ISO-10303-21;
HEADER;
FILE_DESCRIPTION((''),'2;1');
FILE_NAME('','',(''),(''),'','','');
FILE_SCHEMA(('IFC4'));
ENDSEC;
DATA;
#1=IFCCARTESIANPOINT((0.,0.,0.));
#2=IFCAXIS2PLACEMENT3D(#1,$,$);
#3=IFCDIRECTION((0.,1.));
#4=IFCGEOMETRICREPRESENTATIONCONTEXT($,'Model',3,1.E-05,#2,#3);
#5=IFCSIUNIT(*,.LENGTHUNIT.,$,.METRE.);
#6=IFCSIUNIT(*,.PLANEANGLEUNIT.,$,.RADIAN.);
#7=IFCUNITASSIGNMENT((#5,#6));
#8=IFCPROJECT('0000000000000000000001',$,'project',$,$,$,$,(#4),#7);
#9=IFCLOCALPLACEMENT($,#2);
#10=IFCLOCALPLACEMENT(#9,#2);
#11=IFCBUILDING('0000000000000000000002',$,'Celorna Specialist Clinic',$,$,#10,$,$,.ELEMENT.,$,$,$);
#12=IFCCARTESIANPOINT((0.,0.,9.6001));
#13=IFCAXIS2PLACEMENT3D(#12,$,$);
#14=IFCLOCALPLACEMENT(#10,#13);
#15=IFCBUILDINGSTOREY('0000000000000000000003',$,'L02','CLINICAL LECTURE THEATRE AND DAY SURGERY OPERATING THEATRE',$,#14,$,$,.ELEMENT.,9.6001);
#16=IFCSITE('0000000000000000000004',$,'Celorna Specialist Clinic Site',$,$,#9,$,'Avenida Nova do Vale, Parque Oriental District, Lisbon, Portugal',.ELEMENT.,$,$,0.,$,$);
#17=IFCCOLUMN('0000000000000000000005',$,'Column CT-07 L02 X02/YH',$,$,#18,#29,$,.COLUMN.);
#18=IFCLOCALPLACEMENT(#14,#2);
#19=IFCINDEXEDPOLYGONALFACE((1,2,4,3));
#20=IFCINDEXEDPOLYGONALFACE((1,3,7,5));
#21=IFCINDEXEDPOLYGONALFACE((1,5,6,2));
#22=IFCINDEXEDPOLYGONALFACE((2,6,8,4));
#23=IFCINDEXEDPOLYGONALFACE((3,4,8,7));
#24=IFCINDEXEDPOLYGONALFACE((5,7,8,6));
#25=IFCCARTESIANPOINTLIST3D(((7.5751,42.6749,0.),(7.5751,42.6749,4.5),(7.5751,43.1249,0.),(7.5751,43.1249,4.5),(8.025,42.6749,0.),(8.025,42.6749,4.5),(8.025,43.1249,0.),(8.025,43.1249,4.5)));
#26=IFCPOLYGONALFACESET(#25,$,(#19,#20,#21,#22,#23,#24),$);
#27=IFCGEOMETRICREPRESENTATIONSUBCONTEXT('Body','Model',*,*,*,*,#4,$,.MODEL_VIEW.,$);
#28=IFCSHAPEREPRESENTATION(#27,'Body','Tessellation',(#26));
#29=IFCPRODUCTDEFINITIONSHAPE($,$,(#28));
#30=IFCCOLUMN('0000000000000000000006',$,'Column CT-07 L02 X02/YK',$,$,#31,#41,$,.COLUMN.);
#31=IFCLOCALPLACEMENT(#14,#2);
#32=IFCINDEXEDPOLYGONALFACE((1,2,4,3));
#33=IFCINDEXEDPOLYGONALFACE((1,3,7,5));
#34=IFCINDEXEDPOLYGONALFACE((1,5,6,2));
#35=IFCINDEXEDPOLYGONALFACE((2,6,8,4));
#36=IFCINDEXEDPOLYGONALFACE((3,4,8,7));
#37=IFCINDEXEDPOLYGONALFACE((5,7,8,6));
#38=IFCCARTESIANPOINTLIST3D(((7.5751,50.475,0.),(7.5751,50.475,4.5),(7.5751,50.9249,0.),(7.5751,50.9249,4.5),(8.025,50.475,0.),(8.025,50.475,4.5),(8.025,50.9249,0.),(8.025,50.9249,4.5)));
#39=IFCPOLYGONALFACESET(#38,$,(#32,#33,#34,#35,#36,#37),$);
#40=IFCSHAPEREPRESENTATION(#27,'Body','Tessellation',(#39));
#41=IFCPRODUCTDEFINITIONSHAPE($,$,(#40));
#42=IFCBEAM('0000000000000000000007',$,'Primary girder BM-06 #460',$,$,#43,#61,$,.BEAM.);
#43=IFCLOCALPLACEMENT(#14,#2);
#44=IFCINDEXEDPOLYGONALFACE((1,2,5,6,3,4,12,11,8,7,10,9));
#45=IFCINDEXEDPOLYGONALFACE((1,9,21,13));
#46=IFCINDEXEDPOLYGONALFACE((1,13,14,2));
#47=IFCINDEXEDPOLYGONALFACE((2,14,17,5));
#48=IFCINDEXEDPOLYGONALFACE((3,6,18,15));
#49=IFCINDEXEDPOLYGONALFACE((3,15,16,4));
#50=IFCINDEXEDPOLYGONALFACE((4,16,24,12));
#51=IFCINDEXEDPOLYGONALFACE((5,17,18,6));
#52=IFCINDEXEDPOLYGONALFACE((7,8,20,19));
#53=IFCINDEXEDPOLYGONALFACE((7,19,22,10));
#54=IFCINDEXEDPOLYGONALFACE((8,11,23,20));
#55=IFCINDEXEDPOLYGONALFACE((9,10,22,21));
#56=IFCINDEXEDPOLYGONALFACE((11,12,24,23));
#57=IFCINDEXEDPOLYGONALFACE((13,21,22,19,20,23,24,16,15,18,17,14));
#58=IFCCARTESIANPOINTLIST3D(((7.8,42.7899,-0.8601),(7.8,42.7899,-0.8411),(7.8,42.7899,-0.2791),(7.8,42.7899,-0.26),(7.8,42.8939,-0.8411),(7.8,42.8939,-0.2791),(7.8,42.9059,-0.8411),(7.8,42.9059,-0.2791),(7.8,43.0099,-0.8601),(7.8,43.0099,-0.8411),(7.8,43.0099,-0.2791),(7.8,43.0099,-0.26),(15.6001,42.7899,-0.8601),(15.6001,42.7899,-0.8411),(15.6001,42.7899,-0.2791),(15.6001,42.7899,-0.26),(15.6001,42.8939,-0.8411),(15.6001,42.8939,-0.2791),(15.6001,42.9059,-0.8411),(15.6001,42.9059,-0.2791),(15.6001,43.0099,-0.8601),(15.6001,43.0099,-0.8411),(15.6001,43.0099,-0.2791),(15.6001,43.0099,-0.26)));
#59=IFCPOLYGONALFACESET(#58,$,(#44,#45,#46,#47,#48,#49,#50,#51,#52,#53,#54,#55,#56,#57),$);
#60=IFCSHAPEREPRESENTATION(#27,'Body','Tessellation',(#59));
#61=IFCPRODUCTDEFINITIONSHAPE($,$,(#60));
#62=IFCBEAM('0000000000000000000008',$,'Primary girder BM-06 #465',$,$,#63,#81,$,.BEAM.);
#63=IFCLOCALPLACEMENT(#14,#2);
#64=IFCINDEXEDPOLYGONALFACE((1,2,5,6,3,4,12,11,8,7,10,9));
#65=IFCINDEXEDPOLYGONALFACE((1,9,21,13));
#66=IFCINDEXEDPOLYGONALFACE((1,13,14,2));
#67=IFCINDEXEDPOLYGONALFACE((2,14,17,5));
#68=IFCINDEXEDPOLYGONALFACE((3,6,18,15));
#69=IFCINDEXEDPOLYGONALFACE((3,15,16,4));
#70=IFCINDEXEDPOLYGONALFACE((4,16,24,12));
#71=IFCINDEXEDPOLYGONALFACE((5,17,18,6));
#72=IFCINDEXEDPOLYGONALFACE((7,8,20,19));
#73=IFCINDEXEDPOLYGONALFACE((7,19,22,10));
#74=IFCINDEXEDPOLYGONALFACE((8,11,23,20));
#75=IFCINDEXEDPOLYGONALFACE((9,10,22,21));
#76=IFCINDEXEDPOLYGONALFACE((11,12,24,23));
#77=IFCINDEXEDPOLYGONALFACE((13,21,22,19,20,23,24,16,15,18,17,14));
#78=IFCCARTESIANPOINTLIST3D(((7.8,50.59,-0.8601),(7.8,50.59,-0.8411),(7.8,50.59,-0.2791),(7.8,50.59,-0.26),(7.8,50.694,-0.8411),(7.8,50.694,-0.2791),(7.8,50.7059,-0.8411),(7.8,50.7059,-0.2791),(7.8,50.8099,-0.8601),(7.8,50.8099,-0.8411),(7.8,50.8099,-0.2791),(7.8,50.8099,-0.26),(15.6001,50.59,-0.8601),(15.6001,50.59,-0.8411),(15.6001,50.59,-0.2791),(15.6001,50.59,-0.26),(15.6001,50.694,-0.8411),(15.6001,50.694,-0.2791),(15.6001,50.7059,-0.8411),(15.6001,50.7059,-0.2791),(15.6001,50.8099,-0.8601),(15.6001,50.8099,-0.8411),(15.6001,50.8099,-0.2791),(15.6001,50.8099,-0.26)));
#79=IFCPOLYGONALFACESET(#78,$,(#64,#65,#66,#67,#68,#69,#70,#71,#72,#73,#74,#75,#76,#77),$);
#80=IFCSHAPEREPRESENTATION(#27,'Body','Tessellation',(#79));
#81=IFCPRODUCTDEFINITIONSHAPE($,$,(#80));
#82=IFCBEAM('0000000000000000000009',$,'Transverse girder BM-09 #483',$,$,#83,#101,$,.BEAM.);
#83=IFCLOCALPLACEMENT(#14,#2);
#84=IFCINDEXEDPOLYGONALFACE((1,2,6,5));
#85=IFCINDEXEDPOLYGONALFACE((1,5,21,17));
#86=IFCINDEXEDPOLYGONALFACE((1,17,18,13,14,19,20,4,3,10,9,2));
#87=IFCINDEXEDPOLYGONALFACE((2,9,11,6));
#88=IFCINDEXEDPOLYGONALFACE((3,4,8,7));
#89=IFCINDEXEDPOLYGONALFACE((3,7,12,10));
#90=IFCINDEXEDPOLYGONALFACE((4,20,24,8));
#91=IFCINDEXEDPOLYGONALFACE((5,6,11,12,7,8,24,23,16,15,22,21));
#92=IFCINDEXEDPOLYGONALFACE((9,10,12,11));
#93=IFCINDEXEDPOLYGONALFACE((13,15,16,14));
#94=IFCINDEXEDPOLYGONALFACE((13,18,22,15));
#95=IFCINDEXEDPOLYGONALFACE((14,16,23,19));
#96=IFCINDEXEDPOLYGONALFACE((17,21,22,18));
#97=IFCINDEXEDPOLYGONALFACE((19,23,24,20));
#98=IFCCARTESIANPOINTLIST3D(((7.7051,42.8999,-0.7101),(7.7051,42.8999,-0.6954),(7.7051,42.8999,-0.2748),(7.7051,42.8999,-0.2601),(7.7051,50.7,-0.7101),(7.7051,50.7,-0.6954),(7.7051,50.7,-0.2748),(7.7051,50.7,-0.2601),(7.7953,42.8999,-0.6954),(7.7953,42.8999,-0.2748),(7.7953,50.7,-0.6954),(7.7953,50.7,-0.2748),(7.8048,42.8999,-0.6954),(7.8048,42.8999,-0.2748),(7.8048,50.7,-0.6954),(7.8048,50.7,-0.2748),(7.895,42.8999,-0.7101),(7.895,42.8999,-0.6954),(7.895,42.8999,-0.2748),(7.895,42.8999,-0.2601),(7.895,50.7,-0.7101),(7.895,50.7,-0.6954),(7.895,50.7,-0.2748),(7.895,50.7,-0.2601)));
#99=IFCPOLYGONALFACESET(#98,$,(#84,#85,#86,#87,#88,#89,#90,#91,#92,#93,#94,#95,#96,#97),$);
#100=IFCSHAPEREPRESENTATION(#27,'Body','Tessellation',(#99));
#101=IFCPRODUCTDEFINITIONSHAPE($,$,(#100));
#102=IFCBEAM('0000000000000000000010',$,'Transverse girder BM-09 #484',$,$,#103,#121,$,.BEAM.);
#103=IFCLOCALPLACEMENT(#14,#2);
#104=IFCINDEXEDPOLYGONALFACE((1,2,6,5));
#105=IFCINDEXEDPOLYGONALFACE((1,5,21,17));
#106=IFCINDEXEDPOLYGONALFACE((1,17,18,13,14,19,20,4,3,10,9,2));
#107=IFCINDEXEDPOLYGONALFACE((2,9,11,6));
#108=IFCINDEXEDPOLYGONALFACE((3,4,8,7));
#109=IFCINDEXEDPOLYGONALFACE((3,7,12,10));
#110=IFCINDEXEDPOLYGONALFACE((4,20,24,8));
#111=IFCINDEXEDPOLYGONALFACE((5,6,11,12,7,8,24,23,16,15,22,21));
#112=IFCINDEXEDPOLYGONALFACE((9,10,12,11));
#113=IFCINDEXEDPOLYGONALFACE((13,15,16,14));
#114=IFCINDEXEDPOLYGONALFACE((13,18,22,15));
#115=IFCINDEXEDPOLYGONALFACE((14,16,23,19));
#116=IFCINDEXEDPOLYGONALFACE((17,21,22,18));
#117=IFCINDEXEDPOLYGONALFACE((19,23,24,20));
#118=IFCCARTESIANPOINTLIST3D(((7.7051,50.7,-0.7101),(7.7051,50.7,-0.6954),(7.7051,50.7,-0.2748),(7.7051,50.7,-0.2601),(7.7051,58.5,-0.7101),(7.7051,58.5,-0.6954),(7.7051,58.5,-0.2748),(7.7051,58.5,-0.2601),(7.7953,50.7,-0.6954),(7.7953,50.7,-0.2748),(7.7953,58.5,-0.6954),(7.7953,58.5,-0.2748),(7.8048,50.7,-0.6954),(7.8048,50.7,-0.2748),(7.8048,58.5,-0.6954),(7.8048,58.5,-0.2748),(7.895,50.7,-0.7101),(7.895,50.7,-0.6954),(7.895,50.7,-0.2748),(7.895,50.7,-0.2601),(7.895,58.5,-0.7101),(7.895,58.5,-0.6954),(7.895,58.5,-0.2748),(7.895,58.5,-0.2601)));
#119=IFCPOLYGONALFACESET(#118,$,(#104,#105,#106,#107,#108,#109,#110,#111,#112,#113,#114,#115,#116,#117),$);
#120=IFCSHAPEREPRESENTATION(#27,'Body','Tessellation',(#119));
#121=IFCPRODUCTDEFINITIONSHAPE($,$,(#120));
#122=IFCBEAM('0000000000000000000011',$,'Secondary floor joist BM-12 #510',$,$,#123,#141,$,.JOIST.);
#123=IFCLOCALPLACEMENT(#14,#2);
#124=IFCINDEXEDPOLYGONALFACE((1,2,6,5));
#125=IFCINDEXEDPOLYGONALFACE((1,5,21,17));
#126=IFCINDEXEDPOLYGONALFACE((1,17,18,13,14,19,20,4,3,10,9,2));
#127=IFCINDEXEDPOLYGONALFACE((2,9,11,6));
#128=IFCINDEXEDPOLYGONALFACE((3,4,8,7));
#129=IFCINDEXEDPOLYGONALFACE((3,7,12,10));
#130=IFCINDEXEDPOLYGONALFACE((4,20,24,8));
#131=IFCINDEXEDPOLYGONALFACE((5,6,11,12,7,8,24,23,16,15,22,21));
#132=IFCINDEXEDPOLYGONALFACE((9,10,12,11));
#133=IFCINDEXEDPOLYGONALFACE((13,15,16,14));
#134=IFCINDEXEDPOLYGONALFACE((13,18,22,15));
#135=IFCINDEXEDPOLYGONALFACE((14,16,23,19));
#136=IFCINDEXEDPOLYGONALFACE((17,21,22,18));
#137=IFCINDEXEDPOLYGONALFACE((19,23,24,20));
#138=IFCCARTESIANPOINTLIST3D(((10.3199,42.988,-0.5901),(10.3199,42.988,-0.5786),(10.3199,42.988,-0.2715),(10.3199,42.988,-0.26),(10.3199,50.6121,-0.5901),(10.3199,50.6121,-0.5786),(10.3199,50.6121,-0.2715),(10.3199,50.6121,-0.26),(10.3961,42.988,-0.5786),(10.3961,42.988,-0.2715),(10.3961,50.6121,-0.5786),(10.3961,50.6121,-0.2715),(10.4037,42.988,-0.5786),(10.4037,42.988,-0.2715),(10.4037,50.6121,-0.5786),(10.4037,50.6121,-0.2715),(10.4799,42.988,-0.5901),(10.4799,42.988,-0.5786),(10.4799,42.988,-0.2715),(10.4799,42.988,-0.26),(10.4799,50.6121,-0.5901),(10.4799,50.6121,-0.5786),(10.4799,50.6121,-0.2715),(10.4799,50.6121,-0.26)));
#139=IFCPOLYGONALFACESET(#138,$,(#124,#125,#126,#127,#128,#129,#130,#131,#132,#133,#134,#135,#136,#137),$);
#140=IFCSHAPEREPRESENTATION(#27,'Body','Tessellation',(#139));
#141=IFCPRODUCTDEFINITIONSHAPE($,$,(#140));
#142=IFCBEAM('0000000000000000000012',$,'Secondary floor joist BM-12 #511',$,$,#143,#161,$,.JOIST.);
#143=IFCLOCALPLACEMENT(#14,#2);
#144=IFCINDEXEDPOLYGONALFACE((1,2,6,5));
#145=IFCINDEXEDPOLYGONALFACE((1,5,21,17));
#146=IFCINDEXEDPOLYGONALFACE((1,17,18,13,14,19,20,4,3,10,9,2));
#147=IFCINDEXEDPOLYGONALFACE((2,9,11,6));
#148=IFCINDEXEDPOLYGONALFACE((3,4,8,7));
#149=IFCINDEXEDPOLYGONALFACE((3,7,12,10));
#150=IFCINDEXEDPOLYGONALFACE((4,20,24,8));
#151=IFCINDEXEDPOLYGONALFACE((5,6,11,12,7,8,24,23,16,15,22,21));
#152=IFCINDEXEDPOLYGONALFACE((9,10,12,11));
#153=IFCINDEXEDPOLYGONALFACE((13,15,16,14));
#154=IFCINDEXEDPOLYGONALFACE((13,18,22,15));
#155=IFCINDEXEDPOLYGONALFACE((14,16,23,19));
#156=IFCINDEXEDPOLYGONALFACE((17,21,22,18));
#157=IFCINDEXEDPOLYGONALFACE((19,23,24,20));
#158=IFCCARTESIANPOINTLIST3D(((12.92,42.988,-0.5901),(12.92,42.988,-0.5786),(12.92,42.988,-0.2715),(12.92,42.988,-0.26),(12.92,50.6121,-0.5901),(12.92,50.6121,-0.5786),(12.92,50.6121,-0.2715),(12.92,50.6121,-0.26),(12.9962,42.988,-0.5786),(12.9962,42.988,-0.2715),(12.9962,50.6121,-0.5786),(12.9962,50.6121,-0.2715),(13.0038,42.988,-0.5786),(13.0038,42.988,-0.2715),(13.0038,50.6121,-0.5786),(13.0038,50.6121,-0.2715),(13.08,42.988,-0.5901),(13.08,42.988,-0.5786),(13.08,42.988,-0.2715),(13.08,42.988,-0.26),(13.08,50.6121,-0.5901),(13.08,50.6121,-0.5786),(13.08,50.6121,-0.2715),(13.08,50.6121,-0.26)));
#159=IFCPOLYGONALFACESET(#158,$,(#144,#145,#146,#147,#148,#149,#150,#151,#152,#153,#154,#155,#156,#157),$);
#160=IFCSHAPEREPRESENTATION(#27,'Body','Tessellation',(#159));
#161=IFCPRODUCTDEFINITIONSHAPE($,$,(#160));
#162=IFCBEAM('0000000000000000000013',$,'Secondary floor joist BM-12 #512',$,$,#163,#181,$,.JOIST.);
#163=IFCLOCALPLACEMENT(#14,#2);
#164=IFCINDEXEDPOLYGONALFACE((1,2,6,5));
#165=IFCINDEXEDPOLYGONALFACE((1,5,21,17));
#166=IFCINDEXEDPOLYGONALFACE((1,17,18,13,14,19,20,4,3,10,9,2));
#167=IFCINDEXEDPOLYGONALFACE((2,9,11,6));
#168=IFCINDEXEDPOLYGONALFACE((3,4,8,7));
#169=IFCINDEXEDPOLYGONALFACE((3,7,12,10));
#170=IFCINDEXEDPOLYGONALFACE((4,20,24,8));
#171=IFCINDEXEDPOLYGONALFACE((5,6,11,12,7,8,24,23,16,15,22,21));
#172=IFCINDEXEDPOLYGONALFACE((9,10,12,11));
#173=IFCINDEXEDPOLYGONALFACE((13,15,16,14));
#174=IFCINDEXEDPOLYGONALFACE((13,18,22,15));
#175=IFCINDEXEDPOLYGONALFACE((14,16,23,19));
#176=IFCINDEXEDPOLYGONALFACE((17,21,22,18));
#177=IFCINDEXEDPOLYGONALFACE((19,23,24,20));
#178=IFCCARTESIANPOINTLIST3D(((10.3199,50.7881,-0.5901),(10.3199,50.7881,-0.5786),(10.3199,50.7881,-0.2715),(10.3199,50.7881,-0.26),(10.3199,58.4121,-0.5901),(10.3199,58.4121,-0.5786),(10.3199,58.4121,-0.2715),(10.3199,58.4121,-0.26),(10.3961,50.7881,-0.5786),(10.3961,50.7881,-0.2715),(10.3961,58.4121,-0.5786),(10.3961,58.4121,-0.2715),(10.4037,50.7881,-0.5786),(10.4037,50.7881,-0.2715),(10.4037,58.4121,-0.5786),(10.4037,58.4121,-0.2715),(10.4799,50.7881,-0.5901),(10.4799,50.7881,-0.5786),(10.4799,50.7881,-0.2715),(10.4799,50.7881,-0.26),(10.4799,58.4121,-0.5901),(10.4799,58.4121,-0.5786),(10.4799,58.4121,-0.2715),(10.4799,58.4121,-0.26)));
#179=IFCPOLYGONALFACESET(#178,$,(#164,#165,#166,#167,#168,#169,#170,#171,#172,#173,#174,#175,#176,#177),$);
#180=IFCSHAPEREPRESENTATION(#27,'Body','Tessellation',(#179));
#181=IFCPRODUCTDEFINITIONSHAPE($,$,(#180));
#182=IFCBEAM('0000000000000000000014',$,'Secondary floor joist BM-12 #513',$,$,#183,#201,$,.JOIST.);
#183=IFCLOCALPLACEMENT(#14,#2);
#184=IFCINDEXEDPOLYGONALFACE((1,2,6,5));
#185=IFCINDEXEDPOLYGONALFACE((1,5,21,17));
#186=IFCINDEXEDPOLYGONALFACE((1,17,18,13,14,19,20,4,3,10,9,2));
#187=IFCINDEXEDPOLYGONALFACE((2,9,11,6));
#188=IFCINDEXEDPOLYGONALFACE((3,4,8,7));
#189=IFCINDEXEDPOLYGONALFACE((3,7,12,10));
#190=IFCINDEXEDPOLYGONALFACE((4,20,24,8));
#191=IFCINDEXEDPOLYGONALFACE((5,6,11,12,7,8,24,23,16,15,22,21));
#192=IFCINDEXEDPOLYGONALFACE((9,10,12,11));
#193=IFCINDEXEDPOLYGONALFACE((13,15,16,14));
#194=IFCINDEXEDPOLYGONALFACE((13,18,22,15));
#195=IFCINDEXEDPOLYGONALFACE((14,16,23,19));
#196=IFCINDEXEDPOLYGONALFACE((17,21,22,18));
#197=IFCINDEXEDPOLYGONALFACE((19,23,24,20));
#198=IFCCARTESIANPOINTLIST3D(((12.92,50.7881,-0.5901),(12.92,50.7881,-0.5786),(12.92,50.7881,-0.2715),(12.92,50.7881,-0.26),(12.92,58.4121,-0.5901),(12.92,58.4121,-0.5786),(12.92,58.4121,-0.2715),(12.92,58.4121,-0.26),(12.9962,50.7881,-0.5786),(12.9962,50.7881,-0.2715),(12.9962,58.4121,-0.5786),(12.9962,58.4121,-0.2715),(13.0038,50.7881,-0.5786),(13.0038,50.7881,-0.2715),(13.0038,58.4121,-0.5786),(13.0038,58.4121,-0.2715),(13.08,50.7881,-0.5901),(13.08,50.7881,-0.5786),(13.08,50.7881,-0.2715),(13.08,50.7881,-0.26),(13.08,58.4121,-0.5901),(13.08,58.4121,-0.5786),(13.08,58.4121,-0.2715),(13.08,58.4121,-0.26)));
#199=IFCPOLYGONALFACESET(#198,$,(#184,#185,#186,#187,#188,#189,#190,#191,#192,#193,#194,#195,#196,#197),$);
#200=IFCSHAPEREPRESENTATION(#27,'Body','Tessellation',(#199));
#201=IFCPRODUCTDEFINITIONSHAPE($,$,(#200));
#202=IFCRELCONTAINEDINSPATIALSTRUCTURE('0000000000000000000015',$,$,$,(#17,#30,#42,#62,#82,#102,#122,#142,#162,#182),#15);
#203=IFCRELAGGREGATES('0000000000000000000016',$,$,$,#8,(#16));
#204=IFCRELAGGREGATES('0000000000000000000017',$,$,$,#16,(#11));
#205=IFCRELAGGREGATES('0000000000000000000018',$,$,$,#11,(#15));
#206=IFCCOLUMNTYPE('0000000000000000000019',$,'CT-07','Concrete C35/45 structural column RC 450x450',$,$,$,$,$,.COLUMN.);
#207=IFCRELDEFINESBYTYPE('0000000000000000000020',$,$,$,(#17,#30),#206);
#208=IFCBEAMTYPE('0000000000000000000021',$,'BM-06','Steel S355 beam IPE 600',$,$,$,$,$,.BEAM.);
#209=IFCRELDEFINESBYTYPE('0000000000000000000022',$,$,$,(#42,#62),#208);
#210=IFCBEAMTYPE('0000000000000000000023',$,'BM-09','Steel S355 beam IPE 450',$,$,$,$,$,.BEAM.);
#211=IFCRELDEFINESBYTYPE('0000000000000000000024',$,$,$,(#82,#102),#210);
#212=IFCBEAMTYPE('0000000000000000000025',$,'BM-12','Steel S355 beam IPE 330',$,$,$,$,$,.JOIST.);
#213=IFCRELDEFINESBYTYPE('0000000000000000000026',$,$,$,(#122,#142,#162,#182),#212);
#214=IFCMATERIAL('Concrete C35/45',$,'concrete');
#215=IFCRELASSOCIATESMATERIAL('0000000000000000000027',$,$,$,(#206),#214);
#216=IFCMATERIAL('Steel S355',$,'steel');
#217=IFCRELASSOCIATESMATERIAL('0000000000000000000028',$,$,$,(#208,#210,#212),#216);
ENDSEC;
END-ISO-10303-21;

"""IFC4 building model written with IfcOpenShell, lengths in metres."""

from ifc_helpers import new_model, si_unit, direction, frame, origin, origin_2d, place, context, subcontext, project, spatial, rectangle, i_section, extrude, material, material_profile, profile_set, type_object, element, save


model = new_model("IFC4")

# Units and contexts
model_context = context("Model", 3, precision=1e-05, world=origin(), true_north=direction((0.0, 1.0)))
body_context = subcontext(model_context, "Body", "Model", "MODEL_VIEW")
ifc_project = project(units=[si_unit("LENGTHUNIT", "METRE"), si_unit("PLANEANGLEUNIT", "RADIAN")], contexts=[model_context])

# Site, building, storey
site_placement = place(None, origin())
site = spatial("IfcSite", under=ifc_project, at=site_placement, Name="Celorna Specialist Clinic Site", LongName="Avenida Nova do Vale, Parque Oriental District, Lisbon, Portugal", CompositionType="ELEMENT", RefElevation=0.0)
building_placement = place(site_placement, origin())
building = spatial("IfcBuilding", under=site, at=building_placement, Name="Celorna Specialist Clinic", CompositionType="ELEMENT")
storey_placement = place(building_placement, frame((0.0, 0.0, 9.6001)))
storey = spatial("IfcBuildingStorey", under=building, at=storey_placement, Name="L02", Description="CLINICAL LECTURE THEATRE AND DAY SURGERY OPERATING THEATRE", CompositionType="ELEMENT", Elevation=9.6001)

# Columns
ifc_material_1 = material(Name="Concrete C35/45", Category="concrete")
ifc_material_profile_1 = material_profile(ifc_material_1, rectangle(XDim=0.45, YDim=0.45, at=origin_2d()), Name="RC 450x450")
ifc_profile_set_1 = profile_set([ifc_material_profile_1], Name="Concrete C35/45")
column_type = type_object("IfcColumnType", Name="CT-07", Description="Concrete C35/45 structural column RC 450x450", PredefinedType="COLUMN", material=ifc_profile_set_1)
for number, where, z_axis, x_axis, name in (
    (1, (7.8, 42.8999, 0.0), (0.0, 0.0, 1.0), (1.0, 0.0, 0.0), "Column CT-07 L02 X02/YH"),
    (2, (7.8, 50.7, 0.0), (0.0, 0.0, 1.0), (1.0, 0.0, 0.0), "Column CT-07 L02 X02/YK"),
):
    element("IfcColumn", number, at=place(storey_placement, frame(where, z_axis=z_axis, x_axis=x_axis)), inside=storey, type_object=column_type, Name=name, PredefinedType="COLUMN", context=body_context, shape_type="SweptSolid", body=[
        extrude(rectangle(XDim=0.45, YDim=0.45, at=origin_2d()), origin(), (0.0, 0.0, 1.0), 4.5),
    ])

# Beams
ifc_material_2 = material(Name="Steel S355", Category="steel")
ifc_material_profile_2 = material_profile(ifc_material_2, i_section(OverallWidth=0.22, OverallDepth=0.6001, WebThickness=0.012, FlangeThickness=0.019, at=origin_2d()), Name="IPE 600")
ifc_profile_set_2 = profile_set([ifc_material_profile_2], Name="Steel S355")
beam_type_1 = type_object("IfcBeamType", Name="BM-06", Description="Steel S355 beam IPE 600", PredefinedType="BEAM", material=ifc_profile_set_2)
for number, where, z_axis, x_axis, name in (
    (3, (7.8, 42.8999, -0.5601), (1.0, 0.0, 0.0), (0.0, 1.0, 0.0), "Primary girder BM-06 #460"),
    (4, (7.8, 50.7, -0.5601), (1.0, 0.0, 0.0), (0.0, 1.0, 0.0), "Primary girder BM-06 #465"),
):
    element("IfcBeam", number, at=place(storey_placement, frame(where, z_axis=z_axis, x_axis=x_axis)), inside=storey, type_object=beam_type_1, Name=name, PredefinedType="BEAM", context=body_context, shape_type="SweptSolid", body=[
        extrude(i_section(OverallWidth=0.22, OverallDepth=0.6001, WebThickness=0.012, FlangeThickness=0.019, at=origin_2d()), origin(), (0.0, 0.0, 1.0), 7.8),
    ])
ifc_material_profile_3 = material_profile(ifc_material_2, i_section(OverallWidth=0.1899, OverallDepth=0.45, WebThickness=0.0095, FlangeThickness=0.0146, at=origin_2d()), Name="IPE 450")
ifc_profile_set_3 = profile_set([ifc_material_profile_3], Name="Steel S355")
beam_type_2 = type_object("IfcBeamType", Name="BM-09", Description="Steel S355 beam IPE 450", PredefinedType="BEAM", material=ifc_profile_set_3)
for number, where, z_axis, x_axis, name in (
    (5, (7.8, 42.8999, -0.4851), (0.0, 1.0, 0.0), (-1.0, 0.0, 0.0), "Transverse girder BM-09 #483"),
    (6, (7.8, 50.7, -0.4851), (0.0, 1.0, 0.0), (-1.0, 0.0, 0.0), "Transverse girder BM-09 #484"),
):
    element("IfcBeam", number, at=place(storey_placement, frame(where, z_axis=z_axis, x_axis=x_axis)), inside=storey, type_object=beam_type_2, Name=name, PredefinedType="BEAM", context=body_context, shape_type="SweptSolid", body=[
        extrude(i_section(OverallWidth=0.1899, OverallDepth=0.45, WebThickness=0.0095, FlangeThickness=0.0146, at=origin_2d()), origin(), (0.0, 0.0, 1.0), 7.8),
    ])
ifc_material_profile_4 = material_profile(ifc_material_2, i_section(OverallWidth=0.1599, OverallDepth=0.3301, WebThickness=0.0076, FlangeThickness=0.0115, at=origin_2d()), Name="IPE 330")
ifc_profile_set_4 = profile_set([ifc_material_profile_4], Name="Steel S355")
beam_type_3 = type_object("IfcBeamType", Name="BM-12", Description="Steel S355 beam IPE 330", PredefinedType="JOIST", material=ifc_profile_set_4)
for number, where, z_axis, x_axis, name in (
    (7, (10.3999, 42.988, -0.425), (0.0, 1.0, 0.0), (-1.0, 0.0, 0.0), "Secondary floor joist BM-12 #510"),
    (8, (13.0, 42.988, -0.425), (0.0, 1.0, 0.0), (-1.0, 0.0, 0.0), "Secondary floor joist BM-12 #511"),
    (9, (10.3999, 50.7881, -0.425), (0.0, 1.0, 0.0), (-1.0, 0.0, 0.0), "Secondary floor joist BM-12 #512"),
    (10, (13.0, 50.7881, -0.425), (0.0, 1.0, 0.0), (-1.0, 0.0, 0.0), "Secondary floor joist BM-12 #513"),
):
    element("IfcBeam", number, at=place(storey_placement, frame(where, z_axis=z_axis, x_axis=x_axis)), inside=storey, type_object=beam_type_3, Name=name, PredefinedType="JOIST", context=body_context, shape_type="SweptSolid", body=[
        extrude(i_section(OverallWidth=0.1599, OverallDepth=0.3301, WebThickness=0.0076, FlangeThickness=0.0115, at=origin_2d()), origin(), (0.0, 0.0, 1.0), 7.624),
    ])

save(model, "model.ifc")
